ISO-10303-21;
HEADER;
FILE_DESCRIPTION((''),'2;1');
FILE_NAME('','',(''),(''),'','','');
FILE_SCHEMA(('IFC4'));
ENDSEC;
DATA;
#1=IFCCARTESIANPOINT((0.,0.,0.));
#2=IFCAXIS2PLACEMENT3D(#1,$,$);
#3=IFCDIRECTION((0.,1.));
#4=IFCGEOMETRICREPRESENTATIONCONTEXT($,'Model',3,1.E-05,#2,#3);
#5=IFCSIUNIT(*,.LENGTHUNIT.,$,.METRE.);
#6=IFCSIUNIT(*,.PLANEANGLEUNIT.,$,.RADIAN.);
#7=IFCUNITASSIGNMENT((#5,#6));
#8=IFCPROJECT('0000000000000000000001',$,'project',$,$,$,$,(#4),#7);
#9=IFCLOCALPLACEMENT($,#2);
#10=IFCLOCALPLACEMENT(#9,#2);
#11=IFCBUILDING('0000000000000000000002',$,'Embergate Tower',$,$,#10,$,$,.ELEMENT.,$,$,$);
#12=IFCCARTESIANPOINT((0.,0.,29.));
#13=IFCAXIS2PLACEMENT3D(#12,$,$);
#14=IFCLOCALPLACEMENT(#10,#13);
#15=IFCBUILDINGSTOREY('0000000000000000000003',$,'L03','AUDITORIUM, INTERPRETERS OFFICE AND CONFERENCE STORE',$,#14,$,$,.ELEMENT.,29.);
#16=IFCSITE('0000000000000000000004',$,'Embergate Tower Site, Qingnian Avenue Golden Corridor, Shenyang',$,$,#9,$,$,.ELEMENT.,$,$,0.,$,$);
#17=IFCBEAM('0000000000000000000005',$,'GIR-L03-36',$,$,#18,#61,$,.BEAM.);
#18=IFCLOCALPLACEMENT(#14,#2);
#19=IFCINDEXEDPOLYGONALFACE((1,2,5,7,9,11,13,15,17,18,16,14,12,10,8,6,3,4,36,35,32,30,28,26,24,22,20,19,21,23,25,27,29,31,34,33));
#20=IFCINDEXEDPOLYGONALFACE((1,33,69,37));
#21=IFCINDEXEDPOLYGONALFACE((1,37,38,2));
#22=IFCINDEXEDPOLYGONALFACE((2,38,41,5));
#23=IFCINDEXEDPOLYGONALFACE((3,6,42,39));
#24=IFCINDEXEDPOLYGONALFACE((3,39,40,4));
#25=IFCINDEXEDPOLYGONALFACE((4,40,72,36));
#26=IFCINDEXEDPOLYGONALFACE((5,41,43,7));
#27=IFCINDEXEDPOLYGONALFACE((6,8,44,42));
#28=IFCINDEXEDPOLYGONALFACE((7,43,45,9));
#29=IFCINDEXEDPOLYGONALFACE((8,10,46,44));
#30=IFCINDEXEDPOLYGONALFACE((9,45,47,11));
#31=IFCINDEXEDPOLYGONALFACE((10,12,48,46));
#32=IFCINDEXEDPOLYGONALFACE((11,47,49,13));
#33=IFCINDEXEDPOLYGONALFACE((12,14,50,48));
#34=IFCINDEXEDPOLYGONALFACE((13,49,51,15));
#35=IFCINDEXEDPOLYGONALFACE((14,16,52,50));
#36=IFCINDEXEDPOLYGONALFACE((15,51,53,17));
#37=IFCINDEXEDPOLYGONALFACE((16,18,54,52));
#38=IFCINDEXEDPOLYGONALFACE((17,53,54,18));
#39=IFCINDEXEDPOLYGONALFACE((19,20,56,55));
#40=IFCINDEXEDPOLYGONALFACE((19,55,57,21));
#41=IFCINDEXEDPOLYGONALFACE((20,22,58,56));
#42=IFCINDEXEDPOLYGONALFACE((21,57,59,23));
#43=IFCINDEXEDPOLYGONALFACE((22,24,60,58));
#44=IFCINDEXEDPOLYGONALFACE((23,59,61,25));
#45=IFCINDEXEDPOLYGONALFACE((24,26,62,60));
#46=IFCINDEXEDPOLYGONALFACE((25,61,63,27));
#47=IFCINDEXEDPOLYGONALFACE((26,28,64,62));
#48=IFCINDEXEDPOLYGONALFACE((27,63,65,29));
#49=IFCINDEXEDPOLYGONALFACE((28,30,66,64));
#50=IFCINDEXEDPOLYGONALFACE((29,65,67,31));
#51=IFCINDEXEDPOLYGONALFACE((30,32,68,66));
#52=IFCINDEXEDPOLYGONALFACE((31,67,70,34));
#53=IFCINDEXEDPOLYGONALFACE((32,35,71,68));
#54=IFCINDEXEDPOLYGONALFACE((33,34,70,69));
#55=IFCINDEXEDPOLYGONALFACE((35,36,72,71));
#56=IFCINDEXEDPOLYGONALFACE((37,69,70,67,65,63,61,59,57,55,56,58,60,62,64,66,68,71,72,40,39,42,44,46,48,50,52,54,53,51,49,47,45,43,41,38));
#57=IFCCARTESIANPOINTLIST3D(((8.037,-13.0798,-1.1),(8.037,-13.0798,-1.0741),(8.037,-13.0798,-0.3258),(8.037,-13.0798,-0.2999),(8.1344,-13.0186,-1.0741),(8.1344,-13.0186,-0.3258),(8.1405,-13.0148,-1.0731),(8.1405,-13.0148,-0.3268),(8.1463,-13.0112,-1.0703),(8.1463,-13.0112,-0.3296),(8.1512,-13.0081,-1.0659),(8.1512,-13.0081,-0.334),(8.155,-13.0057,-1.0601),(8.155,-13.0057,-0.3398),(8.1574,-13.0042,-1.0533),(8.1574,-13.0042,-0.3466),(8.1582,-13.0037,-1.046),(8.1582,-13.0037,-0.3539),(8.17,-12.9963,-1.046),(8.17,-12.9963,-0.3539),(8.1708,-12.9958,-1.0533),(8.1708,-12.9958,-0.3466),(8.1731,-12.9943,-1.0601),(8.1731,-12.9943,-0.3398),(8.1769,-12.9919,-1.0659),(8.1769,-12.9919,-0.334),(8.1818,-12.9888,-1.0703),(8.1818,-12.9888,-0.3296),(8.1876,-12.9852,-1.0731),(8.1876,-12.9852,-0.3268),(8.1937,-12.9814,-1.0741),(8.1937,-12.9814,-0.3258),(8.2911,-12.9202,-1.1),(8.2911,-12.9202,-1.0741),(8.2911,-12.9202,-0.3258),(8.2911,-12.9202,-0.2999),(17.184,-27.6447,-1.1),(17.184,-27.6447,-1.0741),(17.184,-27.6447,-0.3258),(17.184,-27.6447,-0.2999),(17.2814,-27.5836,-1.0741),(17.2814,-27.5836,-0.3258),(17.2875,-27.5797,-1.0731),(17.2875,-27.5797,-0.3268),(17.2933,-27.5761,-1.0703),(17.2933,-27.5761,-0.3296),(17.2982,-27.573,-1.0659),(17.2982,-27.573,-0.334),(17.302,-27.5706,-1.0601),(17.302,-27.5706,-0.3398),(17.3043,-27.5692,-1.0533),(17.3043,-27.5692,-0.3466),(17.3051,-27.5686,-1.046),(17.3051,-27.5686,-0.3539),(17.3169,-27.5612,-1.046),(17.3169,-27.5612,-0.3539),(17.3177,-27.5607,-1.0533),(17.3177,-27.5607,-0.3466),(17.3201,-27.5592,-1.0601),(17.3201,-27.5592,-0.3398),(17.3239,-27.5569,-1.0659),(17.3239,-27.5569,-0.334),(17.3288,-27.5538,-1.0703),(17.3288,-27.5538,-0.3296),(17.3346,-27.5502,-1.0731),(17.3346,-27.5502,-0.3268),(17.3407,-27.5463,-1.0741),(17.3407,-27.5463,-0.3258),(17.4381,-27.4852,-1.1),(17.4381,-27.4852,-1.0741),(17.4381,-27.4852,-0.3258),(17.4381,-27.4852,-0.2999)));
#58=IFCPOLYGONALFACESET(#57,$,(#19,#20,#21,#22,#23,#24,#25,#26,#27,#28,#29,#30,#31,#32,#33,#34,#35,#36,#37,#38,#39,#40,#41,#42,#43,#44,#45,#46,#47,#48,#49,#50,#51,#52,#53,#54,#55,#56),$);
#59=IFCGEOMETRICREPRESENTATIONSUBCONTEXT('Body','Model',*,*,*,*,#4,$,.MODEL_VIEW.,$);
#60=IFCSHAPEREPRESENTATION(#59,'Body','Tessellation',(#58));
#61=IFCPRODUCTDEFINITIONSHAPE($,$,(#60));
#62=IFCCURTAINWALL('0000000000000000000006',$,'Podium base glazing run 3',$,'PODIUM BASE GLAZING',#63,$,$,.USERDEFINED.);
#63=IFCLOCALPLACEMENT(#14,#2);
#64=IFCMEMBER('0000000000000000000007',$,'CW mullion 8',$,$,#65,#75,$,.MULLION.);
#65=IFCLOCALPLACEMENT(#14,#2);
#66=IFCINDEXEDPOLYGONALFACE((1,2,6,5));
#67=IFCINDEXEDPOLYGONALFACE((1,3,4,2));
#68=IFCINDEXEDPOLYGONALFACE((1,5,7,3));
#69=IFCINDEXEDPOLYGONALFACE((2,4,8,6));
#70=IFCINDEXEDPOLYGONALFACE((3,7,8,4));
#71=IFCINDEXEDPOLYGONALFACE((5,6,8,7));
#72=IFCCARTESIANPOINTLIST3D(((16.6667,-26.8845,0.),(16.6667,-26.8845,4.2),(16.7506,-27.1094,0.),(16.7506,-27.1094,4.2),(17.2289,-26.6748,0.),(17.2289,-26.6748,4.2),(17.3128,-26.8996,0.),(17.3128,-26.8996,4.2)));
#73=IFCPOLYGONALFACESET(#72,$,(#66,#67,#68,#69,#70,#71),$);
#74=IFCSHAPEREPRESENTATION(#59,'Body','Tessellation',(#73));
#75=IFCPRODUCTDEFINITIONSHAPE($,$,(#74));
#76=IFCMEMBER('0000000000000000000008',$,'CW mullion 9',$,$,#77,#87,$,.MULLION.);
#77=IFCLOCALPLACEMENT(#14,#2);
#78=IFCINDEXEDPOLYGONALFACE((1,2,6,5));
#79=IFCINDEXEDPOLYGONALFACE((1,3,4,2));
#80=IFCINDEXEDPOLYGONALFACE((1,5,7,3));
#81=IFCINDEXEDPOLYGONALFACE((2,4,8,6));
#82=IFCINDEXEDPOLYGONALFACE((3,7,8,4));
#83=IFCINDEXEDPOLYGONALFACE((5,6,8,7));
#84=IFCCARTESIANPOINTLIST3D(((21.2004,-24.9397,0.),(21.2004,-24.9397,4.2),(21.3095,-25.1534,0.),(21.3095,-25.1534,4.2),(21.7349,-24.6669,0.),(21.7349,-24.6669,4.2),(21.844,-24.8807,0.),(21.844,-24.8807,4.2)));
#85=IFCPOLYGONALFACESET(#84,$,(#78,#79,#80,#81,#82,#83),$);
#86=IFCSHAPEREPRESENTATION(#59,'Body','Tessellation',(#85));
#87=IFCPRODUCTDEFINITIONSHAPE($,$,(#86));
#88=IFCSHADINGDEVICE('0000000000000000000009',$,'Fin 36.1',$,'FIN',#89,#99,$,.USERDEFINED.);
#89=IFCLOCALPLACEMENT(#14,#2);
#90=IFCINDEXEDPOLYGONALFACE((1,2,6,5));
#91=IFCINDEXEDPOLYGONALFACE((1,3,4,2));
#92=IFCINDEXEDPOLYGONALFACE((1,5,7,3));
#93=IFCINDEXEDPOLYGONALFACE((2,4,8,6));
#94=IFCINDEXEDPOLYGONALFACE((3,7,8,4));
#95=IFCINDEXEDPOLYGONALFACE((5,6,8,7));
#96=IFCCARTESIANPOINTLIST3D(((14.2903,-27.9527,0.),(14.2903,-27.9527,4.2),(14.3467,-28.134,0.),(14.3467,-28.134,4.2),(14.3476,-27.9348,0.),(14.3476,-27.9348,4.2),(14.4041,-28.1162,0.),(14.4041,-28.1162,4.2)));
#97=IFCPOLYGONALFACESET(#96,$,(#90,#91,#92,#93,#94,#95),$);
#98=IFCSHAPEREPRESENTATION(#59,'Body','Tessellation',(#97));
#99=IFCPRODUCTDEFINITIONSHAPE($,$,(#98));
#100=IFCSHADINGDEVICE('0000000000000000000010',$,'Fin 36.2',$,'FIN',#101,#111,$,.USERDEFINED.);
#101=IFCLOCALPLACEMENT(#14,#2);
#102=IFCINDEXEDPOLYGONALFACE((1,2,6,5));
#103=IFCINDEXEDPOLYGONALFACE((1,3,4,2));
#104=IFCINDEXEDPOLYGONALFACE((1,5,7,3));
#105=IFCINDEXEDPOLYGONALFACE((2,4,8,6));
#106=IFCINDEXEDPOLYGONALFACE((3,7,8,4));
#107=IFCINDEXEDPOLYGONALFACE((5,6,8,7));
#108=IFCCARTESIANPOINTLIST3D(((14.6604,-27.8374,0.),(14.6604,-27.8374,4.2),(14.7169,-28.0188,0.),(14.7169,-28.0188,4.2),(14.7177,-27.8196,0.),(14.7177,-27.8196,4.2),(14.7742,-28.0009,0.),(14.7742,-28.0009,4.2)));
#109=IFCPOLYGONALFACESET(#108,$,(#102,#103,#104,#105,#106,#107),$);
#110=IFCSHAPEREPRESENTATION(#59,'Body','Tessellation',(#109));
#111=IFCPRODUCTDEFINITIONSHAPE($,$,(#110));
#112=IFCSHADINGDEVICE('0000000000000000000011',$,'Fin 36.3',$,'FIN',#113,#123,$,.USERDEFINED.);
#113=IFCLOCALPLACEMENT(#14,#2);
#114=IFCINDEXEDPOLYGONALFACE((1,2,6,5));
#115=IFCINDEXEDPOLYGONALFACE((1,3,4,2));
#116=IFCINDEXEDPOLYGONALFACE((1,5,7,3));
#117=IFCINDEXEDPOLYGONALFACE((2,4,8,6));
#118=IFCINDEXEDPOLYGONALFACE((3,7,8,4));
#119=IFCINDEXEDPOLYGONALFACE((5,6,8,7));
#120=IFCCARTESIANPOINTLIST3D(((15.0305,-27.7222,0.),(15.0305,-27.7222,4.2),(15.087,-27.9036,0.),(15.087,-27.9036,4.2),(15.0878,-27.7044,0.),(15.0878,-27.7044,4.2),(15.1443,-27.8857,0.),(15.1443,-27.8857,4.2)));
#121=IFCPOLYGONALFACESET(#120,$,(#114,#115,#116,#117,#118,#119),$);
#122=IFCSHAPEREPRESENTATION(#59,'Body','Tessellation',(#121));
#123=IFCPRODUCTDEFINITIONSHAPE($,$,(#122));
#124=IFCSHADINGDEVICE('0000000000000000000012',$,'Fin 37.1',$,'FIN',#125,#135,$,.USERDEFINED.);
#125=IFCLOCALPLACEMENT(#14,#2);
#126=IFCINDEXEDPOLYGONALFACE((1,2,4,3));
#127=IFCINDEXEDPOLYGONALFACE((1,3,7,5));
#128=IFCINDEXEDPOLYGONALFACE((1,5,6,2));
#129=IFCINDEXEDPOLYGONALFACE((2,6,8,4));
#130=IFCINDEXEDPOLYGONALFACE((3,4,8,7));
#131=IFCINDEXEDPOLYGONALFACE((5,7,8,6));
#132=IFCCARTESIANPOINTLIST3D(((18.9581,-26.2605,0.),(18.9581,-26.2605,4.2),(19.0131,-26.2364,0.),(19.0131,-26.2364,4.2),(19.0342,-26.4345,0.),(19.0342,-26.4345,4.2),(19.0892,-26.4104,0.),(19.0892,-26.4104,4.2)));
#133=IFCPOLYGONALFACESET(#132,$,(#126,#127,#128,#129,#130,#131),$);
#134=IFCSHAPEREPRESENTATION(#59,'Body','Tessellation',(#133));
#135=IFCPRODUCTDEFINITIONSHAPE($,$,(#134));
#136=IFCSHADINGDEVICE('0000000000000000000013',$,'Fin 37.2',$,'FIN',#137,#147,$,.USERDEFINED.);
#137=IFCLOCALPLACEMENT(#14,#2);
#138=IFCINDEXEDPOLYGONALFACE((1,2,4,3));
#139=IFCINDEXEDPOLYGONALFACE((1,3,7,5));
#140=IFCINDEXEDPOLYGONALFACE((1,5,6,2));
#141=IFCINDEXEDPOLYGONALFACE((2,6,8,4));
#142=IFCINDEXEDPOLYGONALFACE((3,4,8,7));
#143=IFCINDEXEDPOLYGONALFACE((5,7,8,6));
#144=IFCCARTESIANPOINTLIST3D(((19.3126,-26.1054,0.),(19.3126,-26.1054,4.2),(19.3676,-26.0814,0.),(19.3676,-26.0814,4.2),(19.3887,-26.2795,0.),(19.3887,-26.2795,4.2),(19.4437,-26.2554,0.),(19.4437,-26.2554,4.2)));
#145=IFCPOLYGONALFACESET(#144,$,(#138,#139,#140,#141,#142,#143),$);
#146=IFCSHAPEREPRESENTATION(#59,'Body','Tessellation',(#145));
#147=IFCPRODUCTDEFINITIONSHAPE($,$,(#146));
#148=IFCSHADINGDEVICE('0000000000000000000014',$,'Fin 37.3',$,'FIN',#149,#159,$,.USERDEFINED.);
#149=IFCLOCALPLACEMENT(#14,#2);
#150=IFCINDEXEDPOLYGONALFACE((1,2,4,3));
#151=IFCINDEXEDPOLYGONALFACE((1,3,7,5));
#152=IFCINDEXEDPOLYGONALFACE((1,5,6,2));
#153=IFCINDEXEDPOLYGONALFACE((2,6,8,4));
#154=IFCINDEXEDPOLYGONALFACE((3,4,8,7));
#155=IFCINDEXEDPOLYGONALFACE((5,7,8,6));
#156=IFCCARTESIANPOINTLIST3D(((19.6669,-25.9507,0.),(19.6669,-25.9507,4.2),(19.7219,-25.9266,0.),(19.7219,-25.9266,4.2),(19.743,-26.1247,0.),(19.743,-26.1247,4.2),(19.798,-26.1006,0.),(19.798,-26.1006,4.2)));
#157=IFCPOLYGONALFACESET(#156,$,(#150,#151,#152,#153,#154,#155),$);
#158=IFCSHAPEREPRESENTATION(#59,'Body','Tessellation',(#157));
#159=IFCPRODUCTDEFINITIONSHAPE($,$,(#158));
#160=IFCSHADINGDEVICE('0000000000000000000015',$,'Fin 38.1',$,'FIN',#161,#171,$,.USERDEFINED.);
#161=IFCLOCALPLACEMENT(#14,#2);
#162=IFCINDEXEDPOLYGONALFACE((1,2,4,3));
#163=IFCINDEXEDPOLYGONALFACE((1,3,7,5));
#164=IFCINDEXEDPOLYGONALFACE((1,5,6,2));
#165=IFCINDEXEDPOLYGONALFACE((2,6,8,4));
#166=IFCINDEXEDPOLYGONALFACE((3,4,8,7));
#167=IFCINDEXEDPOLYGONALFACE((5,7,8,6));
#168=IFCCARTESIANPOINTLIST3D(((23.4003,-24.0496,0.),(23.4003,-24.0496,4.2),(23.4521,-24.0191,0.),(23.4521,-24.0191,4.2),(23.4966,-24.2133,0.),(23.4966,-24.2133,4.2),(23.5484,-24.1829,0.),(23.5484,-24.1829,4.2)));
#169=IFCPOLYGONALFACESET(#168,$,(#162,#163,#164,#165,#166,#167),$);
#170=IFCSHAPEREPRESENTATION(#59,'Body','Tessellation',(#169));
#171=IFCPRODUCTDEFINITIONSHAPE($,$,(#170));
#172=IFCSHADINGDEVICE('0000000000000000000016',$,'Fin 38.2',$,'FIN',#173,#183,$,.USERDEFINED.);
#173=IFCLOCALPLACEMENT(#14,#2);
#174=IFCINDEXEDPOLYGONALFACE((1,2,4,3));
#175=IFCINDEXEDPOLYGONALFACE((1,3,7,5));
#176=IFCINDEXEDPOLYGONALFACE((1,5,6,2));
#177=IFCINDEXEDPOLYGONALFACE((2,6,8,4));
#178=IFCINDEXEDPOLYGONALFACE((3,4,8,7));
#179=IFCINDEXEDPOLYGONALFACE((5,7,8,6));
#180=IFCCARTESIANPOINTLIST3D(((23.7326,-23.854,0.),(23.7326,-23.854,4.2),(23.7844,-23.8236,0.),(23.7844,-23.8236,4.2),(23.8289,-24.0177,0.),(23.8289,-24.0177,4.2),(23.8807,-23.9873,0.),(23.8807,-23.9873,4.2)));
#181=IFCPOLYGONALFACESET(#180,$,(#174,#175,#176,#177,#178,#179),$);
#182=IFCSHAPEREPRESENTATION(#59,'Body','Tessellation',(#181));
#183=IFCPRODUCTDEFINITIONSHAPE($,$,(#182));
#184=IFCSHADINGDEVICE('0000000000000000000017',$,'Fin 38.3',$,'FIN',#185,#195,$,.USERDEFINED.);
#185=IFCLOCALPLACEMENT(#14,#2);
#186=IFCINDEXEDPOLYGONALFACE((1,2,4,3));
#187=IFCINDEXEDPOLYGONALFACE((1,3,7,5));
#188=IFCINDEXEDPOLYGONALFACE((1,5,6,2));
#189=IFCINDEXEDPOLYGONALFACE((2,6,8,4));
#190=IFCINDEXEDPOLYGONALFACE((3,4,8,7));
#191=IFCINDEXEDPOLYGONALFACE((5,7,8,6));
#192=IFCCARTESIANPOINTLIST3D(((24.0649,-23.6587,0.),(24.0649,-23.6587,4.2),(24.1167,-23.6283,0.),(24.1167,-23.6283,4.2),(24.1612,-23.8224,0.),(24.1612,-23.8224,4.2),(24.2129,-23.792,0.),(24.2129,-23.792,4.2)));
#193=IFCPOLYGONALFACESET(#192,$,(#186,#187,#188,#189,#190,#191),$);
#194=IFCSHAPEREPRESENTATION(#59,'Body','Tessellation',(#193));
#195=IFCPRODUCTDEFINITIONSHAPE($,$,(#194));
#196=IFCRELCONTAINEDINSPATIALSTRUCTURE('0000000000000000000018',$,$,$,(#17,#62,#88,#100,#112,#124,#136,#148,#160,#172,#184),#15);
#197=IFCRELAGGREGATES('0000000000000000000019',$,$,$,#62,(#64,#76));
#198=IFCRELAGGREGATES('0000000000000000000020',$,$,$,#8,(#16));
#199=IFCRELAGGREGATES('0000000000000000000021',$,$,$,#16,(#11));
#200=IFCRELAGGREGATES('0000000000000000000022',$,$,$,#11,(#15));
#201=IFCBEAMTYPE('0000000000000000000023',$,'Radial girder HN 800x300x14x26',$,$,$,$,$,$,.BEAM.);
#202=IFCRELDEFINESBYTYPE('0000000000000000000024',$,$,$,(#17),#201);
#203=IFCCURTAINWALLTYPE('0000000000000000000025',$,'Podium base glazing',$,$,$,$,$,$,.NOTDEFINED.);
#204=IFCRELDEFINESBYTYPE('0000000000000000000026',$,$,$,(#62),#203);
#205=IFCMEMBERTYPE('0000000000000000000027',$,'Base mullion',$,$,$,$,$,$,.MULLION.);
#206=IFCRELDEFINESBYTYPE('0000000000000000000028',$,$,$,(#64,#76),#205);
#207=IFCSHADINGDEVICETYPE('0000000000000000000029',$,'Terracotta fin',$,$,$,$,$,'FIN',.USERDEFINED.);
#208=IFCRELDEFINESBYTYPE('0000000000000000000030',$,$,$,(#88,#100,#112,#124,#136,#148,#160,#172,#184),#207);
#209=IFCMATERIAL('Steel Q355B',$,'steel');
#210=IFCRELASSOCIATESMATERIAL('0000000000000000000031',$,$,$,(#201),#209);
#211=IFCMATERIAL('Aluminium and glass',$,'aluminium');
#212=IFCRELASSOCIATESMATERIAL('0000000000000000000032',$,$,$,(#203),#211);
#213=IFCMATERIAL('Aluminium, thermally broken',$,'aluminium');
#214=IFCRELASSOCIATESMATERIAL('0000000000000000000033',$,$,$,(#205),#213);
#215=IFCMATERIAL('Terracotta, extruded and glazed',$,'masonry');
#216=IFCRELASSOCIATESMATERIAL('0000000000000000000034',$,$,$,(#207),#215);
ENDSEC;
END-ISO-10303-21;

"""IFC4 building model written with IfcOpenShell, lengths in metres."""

from ifc_helpers import new_model, si_unit, direction, frame, origin, origin_2d, place, context, subcontext, project, spatial, rectangle, i_section, extrude, source, transform, mapped, material, material_profile, profile_set, type_object, element, aggregate, save


model = new_model("IFC4")

# Units and contexts
model_context = context("Model", 3, precision=1e-05, world=origin(), true_north=direction((0.0, 1.0)))
body_context = subcontext(model_context, "Body", "Model", "MODEL_VIEW")
ifc_project = project(units=[si_unit("LENGTHUNIT", "METRE"), si_unit("PLANEANGLEUNIT", "RADIAN")], contexts=[model_context])

# Site, building, storey
site_placement = place(None, origin())
site = spatial("IfcSite", under=ifc_project, at=site_placement, Name="Embergate Tower Site, Qingnian Avenue Golden Corridor, Shenyang", CompositionType="ELEMENT", RefElevation=0.0)
building_placement = place(site_placement, origin())
building = spatial("IfcBuilding", under=site, at=building_placement, Name="Embergate Tower", CompositionType="ELEMENT")
storey_placement = place(building_placement, frame((0.0, 0.0, 29.0)))
storey = spatial("IfcBuildingStorey", under=building, at=storey_placement, Name="L03", Description="AUDITORIUM, INTERPRETERS OFFICE AND CONFERENCE STORE", CompositionType="ELEMENT", Elevation=29.0)

# Beam
ifc_material_1 = material(Name="Steel Q355B", Category="steel")
ifc_material_profile_1 = material_profile(ifc_material_1, i_section(OverallWidth=0.3, OverallDepth=0.8, WebThickness=0.0139, FlangeThickness=0.0259, FilletRadius=0.0281, at=origin_2d()), Name="HN 800x300x14x26")
ifc_profile_set_1 = profile_set([ifc_material_profile_1], Name="Steel Q355 grade B")
beam_type_1 = type_object("IfcBeamType", Name="Radial girder HN 800x300x14x26", PredefinedType="BEAM", material=ifc_profile_set_1)
shared_shape_1 = source(origin(), body_context, "Body", "SweptSolid", [
    extrude(i_section(OverallWidth=0.3, OverallDepth=0.8, WebThickness=0.0139, FlangeThickness=0.0259, FilletRadius=0.0281, at=origin_2d()), origin(), (0.0, 0.0, 1.0), 17.199),
])
beam_1_placement = place(storey_placement, frame((17.311, -27.5649, -0.7), z_axis=(-0.531833, 0.84685, 0.0), x_axis=(-0.84685, -0.531833, 0.0)))
element("IfcBeam", 1, at=beam_1_placement, inside=storey, type_object=beam_type_1, Name="GIR-L03-36", PredefinedType="BEAM", context=body_context, shape_type="MappedRepresentation", body=[
    mapped(shared_shape_1, transform((0.0, 0.0, 0.0))),
])

# Curtain wall, members
ifc_material_2 = material(Name="Aluminium and glass", Category="aluminium")
curtain_wall_type = type_object("IfcCurtainWallType", Name="Podium base glazing", PredefinedType="NOTDEFINED", material=ifc_material_2)
curtain_wall_placement = place(storey_placement, origin())
curtain_wall = element("IfcCurtainWall", 2, at=curtain_wall_placement, inside=storey, type_object=curtain_wall_type, Name="Podium base glazing run 3", ObjectType="PODIUM BASE GLAZING", PredefinedType="USERDEFINED")
ifc_material_3 = material(Name="Aluminium, thermally broken", Category="aluminium")
ifc_material_profile_2 = material_profile(ifc_material_3, rectangle(XDim=0.24, YDim=0.6001, at=origin_2d()), Name="AL 600x240")
ifc_profile_set_2 = profile_set([ifc_material_profile_2], Name="Aluminium, thermally broken")
member_type = type_object("IfcMemberType", Name="Base mullion", PredefinedType="MULLION", material=ifc_profile_set_2)
shared_shape_2 = source(origin(), body_context, "Body", "SweptSolid", [
    extrude(rectangle(XDim=0.24, YDim=0.6001, at=origin_2d()), origin(), (0.0, 0.0, 1.0), 4.2),
])
member_1_placement = place(storey_placement, frame((16.9897, -26.8921, 0.0), z_axis=(0.0, 0.0, 1.0), x_axis=(-0.349509, 0.936933, 0.0)))
member_1 = element("IfcMember", 3, at=member_1_placement, type_object=member_type, Name="CW mullion 8", PredefinedType="MULLION", context=body_context, shape_type="MappedRepresentation", body=[
    mapped(shared_shape_2, transform((0.0, 0.0, 0.0))),
])
member_2_placement = place(storey_placement, frame((21.5222, -24.9102, 0.0), z_axis=(0.0, 0.0, 1.0), x_axis=(-0.454519, 0.890737, 0.0)))
member_2 = element("IfcMember", 4, at=member_2_placement, type_object=member_type, Name="CW mullion 9", PredefinedType="MULLION", context=body_context, shape_type="MappedRepresentation", body=[
    mapped(shared_shape_2, transform((0.0, 0.0, 0.0))),
])
aggregate(curtain_wall, [member_1, member_2])

# Shading devices
ifc_material_4 = material(Name="Terracotta, extruded and glazed", Category="masonry")
ifc_material_profile_3 = material_profile(ifc_material_4, rectangle(XDim=0.1899, YDim=0.0601, at=origin_2d()), Name="TC 190x60")
ifc_profile_set_3 = profile_set([ifc_material_profile_3], Name="Terracotta, extruded and glazed")
shading_device_type = type_object("IfcShadingDeviceType", Name="Terracotta fin", ElementType="FIN", PredefinedType="USERDEFINED", material=ifc_profile_set_3)
shared_shape_3 = source(origin(), body_context, "Body", "SweptSolid", [
    extrude(rectangle(XDim=0.1899, YDim=0.0601, at=origin_2d()), origin(), (0.0, 0.0, 1.0), 4.2),
])
for number, where, z_axis, x_axis, name in (
    (5, (14.3472, -28.0344, 0.0), (0.0, 0.0, 1.0), (-0.297347, 0.95477, 0.0), "Fin 36.1"),
    (6, (14.7173, -27.9192, 0.0), (0.0, 0.0, 1.0), (-0.297347, 0.95477, 0.0), "Fin 36.2"),
    (7, (15.0874, -27.804, 0.0), (0.0, 0.0, 1.0), (-0.297347, 0.95477, 0.0), "Fin 36.3"),
    (8, (19.0237, -26.3354, 0.0), (0.0, 0.0, 1.0), (-0.400648, 0.916232, 0.0), "Fin 37.1"),
    (9, (19.3782, -26.1804, 0.0), (0.0, 0.0, 1.0), (-0.400648, 0.916232, 0.0), "Fin 37.2"),
    (10, (19.7324, -26.0256, 0.0), (0.0, 0.0, 1.0), (-0.400648, 0.916232, 0.0), "Fin 37.3"),
    (11, (23.4744, -24.1162, 0.0), (0.0, 0.0, 1.0), (-0.506828, 0.862047, 0.0), "Fin 38.1"),
    (12, (23.8066, -23.9207, 0.0), (0.0, 0.0, 1.0), (-0.506828, 0.862047, 0.0), "Fin 38.2"),
    (13, (24.1389, -23.7253, 0.0), (0.0, 0.0, 1.0), (-0.506828, 0.862047, 0.0), "Fin 38.3"),
):
    element("IfcShadingDevice", number, at=place(storey_placement, frame(where, z_axis=z_axis, x_axis=x_axis)), inside=storey, type_object=shading_device_type, Name=name, ObjectType="FIN", PredefinedType="USERDEFINED", context=body_context, shape_type="MappedRepresentation", body=[
        mapped(shared_shape_3, transform((0.0, 0.0, 0.0))),
    ])

save(model, "model.ifc")
